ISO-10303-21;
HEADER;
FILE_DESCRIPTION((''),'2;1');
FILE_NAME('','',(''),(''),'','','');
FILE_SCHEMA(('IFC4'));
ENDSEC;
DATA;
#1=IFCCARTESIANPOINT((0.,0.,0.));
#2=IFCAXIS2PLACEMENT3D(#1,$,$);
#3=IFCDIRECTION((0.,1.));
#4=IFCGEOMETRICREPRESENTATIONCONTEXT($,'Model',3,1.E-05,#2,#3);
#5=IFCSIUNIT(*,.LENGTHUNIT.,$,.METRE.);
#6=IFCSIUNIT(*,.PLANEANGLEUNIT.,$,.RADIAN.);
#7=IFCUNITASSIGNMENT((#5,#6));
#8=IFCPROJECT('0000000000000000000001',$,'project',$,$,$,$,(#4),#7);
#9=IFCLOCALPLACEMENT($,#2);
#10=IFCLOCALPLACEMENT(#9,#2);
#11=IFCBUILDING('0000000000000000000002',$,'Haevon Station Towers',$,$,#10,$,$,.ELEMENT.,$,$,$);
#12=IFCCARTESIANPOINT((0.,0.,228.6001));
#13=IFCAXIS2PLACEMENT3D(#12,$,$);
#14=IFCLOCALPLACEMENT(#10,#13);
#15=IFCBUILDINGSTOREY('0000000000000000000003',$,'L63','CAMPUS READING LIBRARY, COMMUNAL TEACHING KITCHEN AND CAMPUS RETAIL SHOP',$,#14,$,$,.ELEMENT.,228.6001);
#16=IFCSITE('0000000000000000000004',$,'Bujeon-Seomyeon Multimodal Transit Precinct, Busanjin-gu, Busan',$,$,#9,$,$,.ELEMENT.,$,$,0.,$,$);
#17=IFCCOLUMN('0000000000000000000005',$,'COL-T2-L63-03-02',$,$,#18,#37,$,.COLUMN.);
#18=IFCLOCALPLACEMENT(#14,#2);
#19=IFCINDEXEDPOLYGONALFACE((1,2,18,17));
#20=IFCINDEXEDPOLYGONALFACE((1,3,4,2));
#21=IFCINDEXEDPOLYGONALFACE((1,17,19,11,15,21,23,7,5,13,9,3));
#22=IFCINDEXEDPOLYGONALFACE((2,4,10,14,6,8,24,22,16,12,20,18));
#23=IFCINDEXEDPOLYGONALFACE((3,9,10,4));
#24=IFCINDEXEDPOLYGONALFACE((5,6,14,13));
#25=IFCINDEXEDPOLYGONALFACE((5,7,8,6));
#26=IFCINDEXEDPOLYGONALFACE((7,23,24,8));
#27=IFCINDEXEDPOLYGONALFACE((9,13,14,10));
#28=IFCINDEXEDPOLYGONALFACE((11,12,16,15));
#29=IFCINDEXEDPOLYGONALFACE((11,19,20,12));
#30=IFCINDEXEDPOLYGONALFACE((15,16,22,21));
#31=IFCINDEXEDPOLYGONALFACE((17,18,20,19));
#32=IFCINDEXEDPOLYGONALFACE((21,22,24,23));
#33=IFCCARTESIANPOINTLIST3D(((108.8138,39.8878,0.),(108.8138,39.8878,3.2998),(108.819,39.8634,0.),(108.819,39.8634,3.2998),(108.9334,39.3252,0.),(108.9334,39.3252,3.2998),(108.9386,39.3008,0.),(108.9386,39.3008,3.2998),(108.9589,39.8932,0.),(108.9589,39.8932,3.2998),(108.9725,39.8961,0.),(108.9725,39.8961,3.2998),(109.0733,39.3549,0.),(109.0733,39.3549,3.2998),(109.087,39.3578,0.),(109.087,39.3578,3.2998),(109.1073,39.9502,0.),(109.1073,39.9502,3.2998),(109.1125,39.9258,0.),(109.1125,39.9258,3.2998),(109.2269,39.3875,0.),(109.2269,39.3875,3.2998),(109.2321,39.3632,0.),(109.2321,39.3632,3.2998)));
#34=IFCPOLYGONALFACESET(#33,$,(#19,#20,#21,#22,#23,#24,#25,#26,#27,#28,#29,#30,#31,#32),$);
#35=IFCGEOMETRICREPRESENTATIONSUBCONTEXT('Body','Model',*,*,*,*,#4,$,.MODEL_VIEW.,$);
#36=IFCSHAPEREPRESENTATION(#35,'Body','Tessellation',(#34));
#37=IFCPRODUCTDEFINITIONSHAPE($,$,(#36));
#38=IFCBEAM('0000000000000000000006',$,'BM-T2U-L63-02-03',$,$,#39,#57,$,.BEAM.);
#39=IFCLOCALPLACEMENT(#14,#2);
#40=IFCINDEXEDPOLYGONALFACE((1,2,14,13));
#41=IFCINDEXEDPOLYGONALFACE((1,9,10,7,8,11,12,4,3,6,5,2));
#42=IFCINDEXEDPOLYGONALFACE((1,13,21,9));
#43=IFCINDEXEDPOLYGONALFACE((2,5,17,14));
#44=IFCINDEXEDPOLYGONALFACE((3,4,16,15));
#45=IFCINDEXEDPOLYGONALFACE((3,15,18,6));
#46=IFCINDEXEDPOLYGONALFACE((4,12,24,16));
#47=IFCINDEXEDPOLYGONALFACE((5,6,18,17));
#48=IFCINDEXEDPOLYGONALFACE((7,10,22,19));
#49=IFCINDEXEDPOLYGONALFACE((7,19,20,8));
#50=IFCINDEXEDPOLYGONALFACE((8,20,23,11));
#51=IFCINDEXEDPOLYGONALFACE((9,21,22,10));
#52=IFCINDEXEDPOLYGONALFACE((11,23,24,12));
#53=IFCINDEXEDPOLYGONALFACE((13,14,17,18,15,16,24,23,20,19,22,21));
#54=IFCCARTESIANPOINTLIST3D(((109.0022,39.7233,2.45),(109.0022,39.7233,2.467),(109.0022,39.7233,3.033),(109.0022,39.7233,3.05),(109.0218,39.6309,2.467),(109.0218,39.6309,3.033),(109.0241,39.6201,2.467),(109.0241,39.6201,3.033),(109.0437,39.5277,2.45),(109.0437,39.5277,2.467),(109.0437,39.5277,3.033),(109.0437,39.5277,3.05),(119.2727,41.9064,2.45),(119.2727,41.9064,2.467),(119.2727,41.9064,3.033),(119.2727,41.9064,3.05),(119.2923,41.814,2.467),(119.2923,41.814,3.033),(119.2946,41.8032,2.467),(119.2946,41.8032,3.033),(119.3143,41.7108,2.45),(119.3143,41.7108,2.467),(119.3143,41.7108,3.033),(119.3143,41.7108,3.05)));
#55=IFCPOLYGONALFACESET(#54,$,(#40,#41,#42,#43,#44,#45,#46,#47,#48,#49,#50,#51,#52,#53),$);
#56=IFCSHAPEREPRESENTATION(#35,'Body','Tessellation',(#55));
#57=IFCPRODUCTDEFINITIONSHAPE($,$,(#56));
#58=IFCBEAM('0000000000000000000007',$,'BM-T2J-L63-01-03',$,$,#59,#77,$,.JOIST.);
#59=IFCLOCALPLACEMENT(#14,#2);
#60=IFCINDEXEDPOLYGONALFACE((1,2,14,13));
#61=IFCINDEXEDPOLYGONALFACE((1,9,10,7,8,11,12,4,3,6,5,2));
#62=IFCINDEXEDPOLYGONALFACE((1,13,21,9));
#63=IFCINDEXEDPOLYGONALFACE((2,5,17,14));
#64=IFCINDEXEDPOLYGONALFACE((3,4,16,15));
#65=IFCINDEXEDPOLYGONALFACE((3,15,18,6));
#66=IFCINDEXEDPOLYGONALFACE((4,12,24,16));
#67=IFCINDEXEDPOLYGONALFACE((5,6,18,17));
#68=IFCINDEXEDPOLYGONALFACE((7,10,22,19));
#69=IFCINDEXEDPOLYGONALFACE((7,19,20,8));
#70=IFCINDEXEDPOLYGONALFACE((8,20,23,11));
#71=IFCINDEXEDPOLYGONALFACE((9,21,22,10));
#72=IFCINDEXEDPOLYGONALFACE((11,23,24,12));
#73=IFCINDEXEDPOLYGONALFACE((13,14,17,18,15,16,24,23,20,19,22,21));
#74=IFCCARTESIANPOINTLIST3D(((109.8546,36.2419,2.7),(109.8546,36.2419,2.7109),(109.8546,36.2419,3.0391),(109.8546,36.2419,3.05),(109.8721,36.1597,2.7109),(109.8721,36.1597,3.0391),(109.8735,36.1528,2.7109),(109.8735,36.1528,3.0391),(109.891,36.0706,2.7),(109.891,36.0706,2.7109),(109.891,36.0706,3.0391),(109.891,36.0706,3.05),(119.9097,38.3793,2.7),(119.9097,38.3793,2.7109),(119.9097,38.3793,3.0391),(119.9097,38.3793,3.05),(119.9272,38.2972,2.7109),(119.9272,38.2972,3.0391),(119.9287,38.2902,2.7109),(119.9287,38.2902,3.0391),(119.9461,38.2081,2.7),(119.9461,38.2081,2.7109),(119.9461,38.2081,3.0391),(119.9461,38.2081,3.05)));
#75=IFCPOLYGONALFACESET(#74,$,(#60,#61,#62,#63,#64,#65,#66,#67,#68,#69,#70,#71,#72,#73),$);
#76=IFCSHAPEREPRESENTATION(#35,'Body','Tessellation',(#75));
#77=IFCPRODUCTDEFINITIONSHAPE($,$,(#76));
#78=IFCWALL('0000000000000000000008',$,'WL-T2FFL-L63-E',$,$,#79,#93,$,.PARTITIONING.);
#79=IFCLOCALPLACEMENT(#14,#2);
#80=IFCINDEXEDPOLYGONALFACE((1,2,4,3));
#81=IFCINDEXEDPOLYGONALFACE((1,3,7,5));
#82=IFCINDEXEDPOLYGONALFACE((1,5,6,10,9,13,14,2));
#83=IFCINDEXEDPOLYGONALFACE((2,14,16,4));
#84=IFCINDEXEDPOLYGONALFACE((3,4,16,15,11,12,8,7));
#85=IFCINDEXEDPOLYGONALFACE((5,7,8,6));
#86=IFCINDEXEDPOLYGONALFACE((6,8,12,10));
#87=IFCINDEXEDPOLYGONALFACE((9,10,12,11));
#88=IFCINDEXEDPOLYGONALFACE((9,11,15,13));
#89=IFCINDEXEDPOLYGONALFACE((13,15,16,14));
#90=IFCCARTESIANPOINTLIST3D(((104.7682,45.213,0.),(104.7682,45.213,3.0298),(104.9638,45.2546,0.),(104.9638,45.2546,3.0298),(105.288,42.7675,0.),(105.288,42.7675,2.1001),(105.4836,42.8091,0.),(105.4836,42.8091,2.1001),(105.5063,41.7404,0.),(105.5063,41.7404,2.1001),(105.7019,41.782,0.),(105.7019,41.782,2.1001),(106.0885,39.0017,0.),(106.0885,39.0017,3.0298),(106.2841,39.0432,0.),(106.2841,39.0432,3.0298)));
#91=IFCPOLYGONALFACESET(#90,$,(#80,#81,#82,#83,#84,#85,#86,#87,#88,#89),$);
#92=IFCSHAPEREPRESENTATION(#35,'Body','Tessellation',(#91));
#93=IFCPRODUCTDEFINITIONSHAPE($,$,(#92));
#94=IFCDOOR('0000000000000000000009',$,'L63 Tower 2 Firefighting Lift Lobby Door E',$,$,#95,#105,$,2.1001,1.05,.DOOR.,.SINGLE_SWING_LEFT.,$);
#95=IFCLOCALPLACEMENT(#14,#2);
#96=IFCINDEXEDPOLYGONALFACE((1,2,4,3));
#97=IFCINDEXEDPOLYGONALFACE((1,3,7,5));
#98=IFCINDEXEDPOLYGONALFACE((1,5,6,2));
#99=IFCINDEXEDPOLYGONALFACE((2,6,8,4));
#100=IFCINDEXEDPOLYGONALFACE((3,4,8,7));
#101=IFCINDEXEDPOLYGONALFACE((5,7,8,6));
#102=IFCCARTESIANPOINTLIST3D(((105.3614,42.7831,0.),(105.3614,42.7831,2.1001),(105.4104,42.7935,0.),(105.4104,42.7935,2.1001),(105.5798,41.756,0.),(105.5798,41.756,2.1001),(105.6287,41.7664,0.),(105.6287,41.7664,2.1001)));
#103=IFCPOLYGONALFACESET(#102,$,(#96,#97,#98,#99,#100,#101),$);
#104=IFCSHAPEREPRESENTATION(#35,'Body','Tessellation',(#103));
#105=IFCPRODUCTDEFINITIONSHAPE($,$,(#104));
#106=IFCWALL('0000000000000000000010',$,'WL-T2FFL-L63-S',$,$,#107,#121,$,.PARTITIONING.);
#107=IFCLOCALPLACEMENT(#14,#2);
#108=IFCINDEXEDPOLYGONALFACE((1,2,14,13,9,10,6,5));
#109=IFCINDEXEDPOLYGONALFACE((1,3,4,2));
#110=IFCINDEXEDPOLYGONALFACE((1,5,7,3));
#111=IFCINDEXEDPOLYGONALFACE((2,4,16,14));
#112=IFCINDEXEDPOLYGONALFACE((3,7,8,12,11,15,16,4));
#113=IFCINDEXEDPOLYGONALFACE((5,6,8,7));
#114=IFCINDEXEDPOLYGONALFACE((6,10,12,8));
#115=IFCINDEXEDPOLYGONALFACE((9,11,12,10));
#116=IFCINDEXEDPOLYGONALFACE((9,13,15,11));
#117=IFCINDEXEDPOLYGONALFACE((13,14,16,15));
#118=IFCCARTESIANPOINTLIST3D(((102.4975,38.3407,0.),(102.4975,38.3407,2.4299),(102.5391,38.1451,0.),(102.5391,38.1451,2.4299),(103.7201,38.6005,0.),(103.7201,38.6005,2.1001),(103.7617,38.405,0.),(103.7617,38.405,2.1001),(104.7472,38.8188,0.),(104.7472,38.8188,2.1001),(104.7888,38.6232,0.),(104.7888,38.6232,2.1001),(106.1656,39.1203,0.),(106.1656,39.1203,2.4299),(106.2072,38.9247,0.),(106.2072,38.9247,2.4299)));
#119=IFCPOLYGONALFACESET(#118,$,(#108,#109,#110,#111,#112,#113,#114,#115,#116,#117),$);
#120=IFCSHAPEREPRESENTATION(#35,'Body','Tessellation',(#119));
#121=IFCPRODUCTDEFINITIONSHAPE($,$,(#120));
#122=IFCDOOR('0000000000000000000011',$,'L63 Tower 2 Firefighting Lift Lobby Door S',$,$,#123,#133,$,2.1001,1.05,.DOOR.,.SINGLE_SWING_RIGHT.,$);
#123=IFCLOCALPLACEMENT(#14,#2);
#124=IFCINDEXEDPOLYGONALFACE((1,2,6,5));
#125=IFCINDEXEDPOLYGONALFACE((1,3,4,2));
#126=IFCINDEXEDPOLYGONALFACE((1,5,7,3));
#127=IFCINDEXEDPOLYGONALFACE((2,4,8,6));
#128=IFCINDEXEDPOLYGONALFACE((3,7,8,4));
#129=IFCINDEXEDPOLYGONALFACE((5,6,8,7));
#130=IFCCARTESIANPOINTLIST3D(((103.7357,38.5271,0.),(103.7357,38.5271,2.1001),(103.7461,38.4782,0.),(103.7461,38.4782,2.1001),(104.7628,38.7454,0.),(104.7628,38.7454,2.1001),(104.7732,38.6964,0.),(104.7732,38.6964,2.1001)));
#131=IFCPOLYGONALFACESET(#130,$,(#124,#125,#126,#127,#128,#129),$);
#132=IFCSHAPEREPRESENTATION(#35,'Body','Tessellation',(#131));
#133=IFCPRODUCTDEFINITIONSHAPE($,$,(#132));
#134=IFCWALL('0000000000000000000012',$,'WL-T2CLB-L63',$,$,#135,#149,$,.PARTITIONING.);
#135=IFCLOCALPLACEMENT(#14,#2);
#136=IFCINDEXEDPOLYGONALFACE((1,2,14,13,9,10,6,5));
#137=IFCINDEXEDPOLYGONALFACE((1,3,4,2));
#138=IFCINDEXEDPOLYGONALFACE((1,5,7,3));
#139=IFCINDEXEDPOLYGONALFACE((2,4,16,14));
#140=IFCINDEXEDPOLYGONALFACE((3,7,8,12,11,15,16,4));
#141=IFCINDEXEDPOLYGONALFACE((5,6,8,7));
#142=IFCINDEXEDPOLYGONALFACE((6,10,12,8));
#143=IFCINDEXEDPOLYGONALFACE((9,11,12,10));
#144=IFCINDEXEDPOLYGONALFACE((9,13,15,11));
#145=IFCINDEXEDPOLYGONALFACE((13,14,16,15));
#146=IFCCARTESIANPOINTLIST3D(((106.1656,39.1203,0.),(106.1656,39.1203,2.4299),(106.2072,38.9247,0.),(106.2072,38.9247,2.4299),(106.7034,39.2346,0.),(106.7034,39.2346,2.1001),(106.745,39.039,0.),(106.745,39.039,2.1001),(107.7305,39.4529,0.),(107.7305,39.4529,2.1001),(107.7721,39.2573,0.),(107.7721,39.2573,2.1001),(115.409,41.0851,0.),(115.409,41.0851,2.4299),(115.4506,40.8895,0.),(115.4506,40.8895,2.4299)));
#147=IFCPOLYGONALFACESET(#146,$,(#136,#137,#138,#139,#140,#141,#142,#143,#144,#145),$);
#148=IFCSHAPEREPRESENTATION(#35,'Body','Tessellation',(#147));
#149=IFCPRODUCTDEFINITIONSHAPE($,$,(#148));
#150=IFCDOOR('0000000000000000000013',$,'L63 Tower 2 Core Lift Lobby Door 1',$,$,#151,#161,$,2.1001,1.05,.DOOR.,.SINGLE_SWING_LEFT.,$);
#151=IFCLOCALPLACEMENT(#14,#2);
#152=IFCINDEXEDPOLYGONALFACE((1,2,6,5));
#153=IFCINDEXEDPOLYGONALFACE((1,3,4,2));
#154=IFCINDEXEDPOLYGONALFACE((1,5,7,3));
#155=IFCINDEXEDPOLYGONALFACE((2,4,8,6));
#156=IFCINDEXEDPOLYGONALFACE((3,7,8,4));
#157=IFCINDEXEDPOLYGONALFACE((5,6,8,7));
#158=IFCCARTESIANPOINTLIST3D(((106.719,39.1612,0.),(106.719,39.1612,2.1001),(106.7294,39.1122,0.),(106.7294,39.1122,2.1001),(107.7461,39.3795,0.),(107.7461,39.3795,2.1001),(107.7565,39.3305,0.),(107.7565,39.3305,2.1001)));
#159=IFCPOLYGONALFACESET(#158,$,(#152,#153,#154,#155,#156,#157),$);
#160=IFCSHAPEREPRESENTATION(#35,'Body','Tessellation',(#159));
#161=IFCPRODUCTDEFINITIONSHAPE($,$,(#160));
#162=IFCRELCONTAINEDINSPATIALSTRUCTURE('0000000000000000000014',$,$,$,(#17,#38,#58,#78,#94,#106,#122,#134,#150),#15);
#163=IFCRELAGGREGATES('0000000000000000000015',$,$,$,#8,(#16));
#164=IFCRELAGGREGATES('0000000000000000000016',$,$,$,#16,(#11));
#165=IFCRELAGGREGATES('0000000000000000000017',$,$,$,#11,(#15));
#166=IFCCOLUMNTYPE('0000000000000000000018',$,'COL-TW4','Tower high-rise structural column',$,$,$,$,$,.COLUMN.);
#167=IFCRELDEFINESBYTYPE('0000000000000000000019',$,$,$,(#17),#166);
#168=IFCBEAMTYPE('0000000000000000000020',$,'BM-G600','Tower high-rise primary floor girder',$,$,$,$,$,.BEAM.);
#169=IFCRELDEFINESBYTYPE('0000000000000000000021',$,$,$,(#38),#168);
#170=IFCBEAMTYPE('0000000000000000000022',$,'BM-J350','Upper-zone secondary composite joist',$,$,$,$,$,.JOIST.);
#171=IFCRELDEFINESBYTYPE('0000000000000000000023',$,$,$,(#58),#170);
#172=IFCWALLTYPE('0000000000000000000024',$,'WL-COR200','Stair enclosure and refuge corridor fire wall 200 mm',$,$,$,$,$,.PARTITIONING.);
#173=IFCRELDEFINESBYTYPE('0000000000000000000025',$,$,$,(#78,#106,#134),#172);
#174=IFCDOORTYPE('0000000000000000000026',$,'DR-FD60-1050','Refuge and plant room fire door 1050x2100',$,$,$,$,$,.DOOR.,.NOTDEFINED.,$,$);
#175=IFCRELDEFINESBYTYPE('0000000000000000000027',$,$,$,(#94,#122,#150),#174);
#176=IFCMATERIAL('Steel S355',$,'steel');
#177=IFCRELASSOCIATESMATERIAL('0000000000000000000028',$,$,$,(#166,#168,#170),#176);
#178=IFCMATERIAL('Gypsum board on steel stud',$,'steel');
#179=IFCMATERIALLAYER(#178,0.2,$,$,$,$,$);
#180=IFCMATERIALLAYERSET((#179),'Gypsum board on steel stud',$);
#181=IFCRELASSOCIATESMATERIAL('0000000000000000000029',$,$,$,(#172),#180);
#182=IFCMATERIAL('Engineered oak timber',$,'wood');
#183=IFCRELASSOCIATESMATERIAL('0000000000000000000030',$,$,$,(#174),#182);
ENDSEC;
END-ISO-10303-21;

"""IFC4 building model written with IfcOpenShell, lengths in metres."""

from ifc_helpers import new_model, si_unit, direction, frame, frame_2d, origin, origin_2d, place, context, subcontext, project, spatial, rectangle, i_section, extrude, material, layer, layer_set, material_profile, profile_set, type_object, element, fill, save


model = new_model("IFC4")

# Units and contexts
model_context = context("Model", 3, precision=1e-05, world=origin(), true_north=direction((0.0, 1.0)))
body_context = subcontext(model_context, "Body", "Model", "MODEL_VIEW")
ifc_project = project(units=[si_unit("LENGTHUNIT", "METRE"), si_unit("PLANEANGLEUNIT", "RADIAN")], contexts=[model_context])

# Site, building, storey
site_placement = place(None, origin())
site = spatial("IfcSite", under=ifc_project, at=site_placement, Name="Bujeon-Seomyeon Multimodal Transit Precinct, Busanjin-gu, Busan", CompositionType="ELEMENT", RefElevation=0.0)
building_placement = place(site_placement, origin())
building = spatial("IfcBuilding", under=site, at=building_placement, Name="Haevon Station Towers", CompositionType="ELEMENT")
storey_placement = place(building_placement, frame((0.0, 0.0, 228.6001)))
storey = spatial("IfcBuildingStorey", under=building, at=storey_placement, Name="L63", Description="CAMPUS READING LIBRARY, COMMUNAL TEACHING KITCHEN AND CAMPUS RETAIL SHOP", CompositionType="ELEMENT", Elevation=228.6001)

# Column
ifc_material_1 = material(Name="Steel S355", Category="steel")
ifc_material_profile_1 = material_profile(ifc_material_1, i_section(OverallWidth=0.3, OverallDepth=0.6001, WebThickness=0.0139, FlangeThickness=0.0249, at=origin_2d()), Name="H-600x300x14x25")
ifc_profile_set_1 = profile_set([ifc_material_profile_1], Name="Steel S355")
column_type = type_object("IfcColumnType", Name="COL-TW4", Description="Tower high-rise structural column", PredefinedType="COLUMN", material=ifc_profile_set_1)
column_placement = place(storey_placement, frame((109.0229, 39.6255, 0.0), z_axis=(0.0, 0.0, 1.0), x_axis=(0.978148, 0.207912, 0.0)))
element("IfcColumn", 1, at=column_placement, inside=storey, type_object=column_type, Name="COL-T2-L63-03-02", PredefinedType="COLUMN", context=body_context, shape_type="SweptSolid", body=[
    extrude(i_section(OverallWidth=0.3, OverallDepth=0.6001, WebThickness=0.0139, FlangeThickness=0.0249, at=origin_2d()), origin(), (0.0, 0.0, 1.0), 3.2998),
])

# Beams
ifc_material_profile_2 = material_profile(ifc_material_1, i_section(OverallWidth=0.2, OverallDepth=0.6001, WebThickness=0.011, FlangeThickness=0.0171, at=origin_2d()), Name="H-600x200x11x17")
ifc_profile_set_2 = profile_set([ifc_material_profile_2], Name="Steel S355")
beam_type_1 = type_object("IfcBeamType", Name="BM-G600", Description="Tower high-rise primary floor girder", PredefinedType="BEAM", material=ifc_profile_set_2)
beam_1_placement = place(storey_placement, frame((109.0229, 39.6255, 2.75), z_axis=(0.978147, 0.207915, 0.0), x_axis=(-0.207915, 0.978147, 0.0)))
element("IfcBeam", 2, at=beam_1_placement, inside=storey, type_object=beam_type_1, Name="BM-T2U-L63-02-03", PredefinedType="BEAM", context=body_context, shape_type="SweptSolid", body=[
    extrude(i_section(OverallWidth=0.2, OverallDepth=0.6001, WebThickness=0.011, FlangeThickness=0.0171, at=origin_2d()), origin(), (0.0, 0.0, 1.0), 10.5),
])
ifc_material_profile_3 = material_profile(ifc_material_1, i_section(OverallWidth=0.175, OverallDepth=0.3501, WebThickness=0.0071, FlangeThickness=0.011, at=origin_2d()), Name="H-350x175x7x11")
ifc_profile_set_3 = profile_set([ifc_material_profile_3], Name="Steel S355")
beam_type_2 = type_object("IfcBeamType", Name="BM-J350", Description="Upper-zone secondary composite joist", PredefinedType="JOIST", material=ifc_profile_set_3)
beam_2_placement = place(storey_placement, frame((109.8728, 36.1562, 2.875), z_axis=(0.978144, 0.207926, 0.0), x_axis=(-0.207926, 0.978144, 0.0)))
element("IfcBeam", 3, at=beam_2_placement, inside=storey, type_object=beam_type_2, Name="BM-T2J-L63-01-03", PredefinedType="JOIST", context=body_context, shape_type="SweptSolid", body=[
    extrude(i_section(OverallWidth=0.175, OverallDepth=0.3501, WebThickness=0.0071, FlangeThickness=0.011, at=origin_2d()), origin(), (0.0, 0.0, 1.0), 10.2798),
])

# Walls, openings, doors
ifc_material_2 = material(Name="Gypsum board on steel stud", Category="steel")
ifc_layer_1 = layer(ifc_material_2, 0.2)
ifc_layer_set_1 = layer_set([ifc_layer_1], Name="Gypsum board on steel stud")
wall_type_1 = type_object("IfcWallType", Name="WL-COR200", Description="Stair enclosure and refuge corridor fire wall 200 mm", PredefinedType="PARTITIONING", material=ifc_layer_set_1)
wall_1_placement = place(storey_placement, frame((106.1863, 39.0225, 0.0), z_axis=(0.0, 0.0, 1.0), x_axis=(-0.207917, 0.978147, 0.0)))
wall_1 = element("IfcWall", 4, at=wall_1_placement, inside=storey, type_object=wall_type_1, Name="WL-T2FFL-L63-E", PredefinedType="PARTITIONING", context=body_context, shape_type="SweptSolid", body=[
    extrude(rectangle(XDim=6.3501, YDim=0.2, at=frame_2d((3.175, 0.0))), origin(), (0.0, 0.0, 1.0), 3.0298),
])
opening_1_placement = place(wall_1_placement, frame((2.8, 0.0, 0.0)))
opening_1 = element("IfcOpeningElement", 5, at=opening_1_placement, cuts=wall_1, PredefinedType="OPENING", context=body_context, shape_type="SweptSolid", body=[
    extrude(rectangle(XDim=1.05, YDim=2.1001, at=frame_2d((0.5249, 1.05))), frame((0.0, 0.1099, 0.0), z_axis=(0.0, -1.0, 0.0), x_axis=(1.0, 0.0, 0.0)), (0.0, 0.0, 1.0), 0.22),
])
ifc_material_3 = material(Name="Engineered oak timber", Category="wood")
door_type_1 = type_object("IfcDoorType", Name="DR-FD60-1050", Description="Refuge and plant room fire door 1050x2100", OperationType="NOTDEFINED", PredefinedType="DOOR", material=ifc_material_3)
door_1_placement = place(opening_1_placement, origin())
door_1 = element("IfcDoor", 6, at=door_1_placement, inside=storey, type_object=door_type_1, Name="L63 Tower 2 Firefighting Lift Lobby Door E", OperationType="SINGLE_SWING_LEFT", OverallHeight=2.1001, OverallWidth=1.05, PredefinedType="DOOR", context=body_context, shape_type="SweptSolid", body=[
    extrude(rectangle(XDim=1.05, YDim=2.1001, at=frame_2d((0.5249, 1.05))), frame((0.0, 0.0249, 0.0), z_axis=(0.0, -1.0, 0.0), x_axis=(1.0, 0.0, 0.0)), (0.0, 0.0, 1.0), 0.05),
])
fill(opening_1, door_1)
wall_2_placement = place(storey_placement, frame((102.5183, 38.2429, 0.0), z_axis=(0.0, 0.0, 1.0), x_axis=(0.978154, 0.207884, 0.0)))
wall_2 = element("IfcWall", 7, at=wall_2_placement, inside=storey, type_object=wall_type_1, Name="WL-T2FFL-L63-S", PredefinedType="PARTITIONING", context=body_context, shape_type="SweptSolid", body=[
    extrude(rectangle(XDim=3.75, YDim=0.2, at=frame_2d((1.875, 0.0))), origin(), (0.0, 0.0, 1.0), 2.4299),
])
opening_2_placement = place(wall_2_placement, frame((1.25, 0.0, 0.0)))
opening_2 = element("IfcOpeningElement", 8, at=opening_2_placement, cuts=wall_2, PredefinedType="OPENING", context=body_context, shape_type="SweptSolid", body=[
    extrude(rectangle(XDim=1.05, YDim=2.1001, at=frame_2d((0.5249, 1.05))), frame((0.0, 0.1099, 0.0), z_axis=(0.0, -1.0, 0.0), x_axis=(1.0, 0.0, 0.0)), (0.0, 0.0, 1.0), 0.22),
])
door_2_placement = place(opening_2_placement, origin())
door_2 = element("IfcDoor", 9, at=door_2_placement, inside=storey, type_object=door_type_1, Name="L63 Tower 2 Firefighting Lift Lobby Door S", OperationType="SINGLE_SWING_RIGHT", OverallHeight=2.1001, OverallWidth=1.05, PredefinedType="DOOR", context=body_context, shape_type="SweptSolid", body=[
    extrude(rectangle(XDim=1.05, YDim=2.1001, at=frame_2d((0.5249, 1.05))), frame((0.0, 0.0249, 0.0), z_axis=(0.0, -1.0, 0.0), x_axis=(1.0, 0.0, 0.0)), (0.0, 0.0, 1.0), 0.05),
])
fill(opening_2, door_2)
wall_3_placement = place(storey_placement, frame((106.1863, 39.0225, 0.0), z_axis=(0.0, 0.0, 1.0), x_axis=(0.978146, 0.207921, 0.0)))
wall_3 = element("IfcWall", 10, at=wall_3_placement, inside=storey, type_object=wall_type_1, Name="WL-T2CLB-L63", PredefinedType="PARTITIONING", context=body_context, shape_type="SweptSolid", body=[
    extrude(rectangle(XDim=9.45, YDim=0.2, at=frame_2d((4.7251, 0.0))), origin(), (0.0, 0.0, 1.0), 2.4299),
])
opening_3_placement = place(wall_3_placement, frame((0.55, 0.0, 0.0)))
opening_3 = element("IfcOpeningElement", 11, at=opening_3_placement, cuts=wall_3, PredefinedType="OPENING", context=body_context, shape_type="SweptSolid", body=[
    extrude(rectangle(XDim=1.05, YDim=2.1001, at=frame_2d((0.5249, 1.05))), frame((0.0, 0.1099, 0.0), z_axis=(0.0, -1.0, 0.0), x_axis=(1.0, 0.0, 0.0)), (0.0, 0.0, 1.0), 0.22),
])
door_3_placement = place(opening_3_placement, origin())
door_3 = element("IfcDoor", 12, at=door_3_placement, inside=storey, type_object=door_type_1, Name="L63 Tower 2 Core Lift Lobby Door 1", OperationType="SINGLE_SWING_LEFT", OverallHeight=2.1001, OverallWidth=1.05, PredefinedType="DOOR", context=body_context, shape_type="SweptSolid", body=[
    extrude(rectangle(XDim=1.05, YDim=2.1001, at=frame_2d((0.5249, 1.05))), frame((0.0, 0.0249, 0.0), z_axis=(0.0, -1.0, 0.0), x_axis=(1.0, 0.0, 0.0)), (0.0, 0.0, 1.0), 0.05),
])
fill(opening_3, door_3)

save(model, "model.ifc")
